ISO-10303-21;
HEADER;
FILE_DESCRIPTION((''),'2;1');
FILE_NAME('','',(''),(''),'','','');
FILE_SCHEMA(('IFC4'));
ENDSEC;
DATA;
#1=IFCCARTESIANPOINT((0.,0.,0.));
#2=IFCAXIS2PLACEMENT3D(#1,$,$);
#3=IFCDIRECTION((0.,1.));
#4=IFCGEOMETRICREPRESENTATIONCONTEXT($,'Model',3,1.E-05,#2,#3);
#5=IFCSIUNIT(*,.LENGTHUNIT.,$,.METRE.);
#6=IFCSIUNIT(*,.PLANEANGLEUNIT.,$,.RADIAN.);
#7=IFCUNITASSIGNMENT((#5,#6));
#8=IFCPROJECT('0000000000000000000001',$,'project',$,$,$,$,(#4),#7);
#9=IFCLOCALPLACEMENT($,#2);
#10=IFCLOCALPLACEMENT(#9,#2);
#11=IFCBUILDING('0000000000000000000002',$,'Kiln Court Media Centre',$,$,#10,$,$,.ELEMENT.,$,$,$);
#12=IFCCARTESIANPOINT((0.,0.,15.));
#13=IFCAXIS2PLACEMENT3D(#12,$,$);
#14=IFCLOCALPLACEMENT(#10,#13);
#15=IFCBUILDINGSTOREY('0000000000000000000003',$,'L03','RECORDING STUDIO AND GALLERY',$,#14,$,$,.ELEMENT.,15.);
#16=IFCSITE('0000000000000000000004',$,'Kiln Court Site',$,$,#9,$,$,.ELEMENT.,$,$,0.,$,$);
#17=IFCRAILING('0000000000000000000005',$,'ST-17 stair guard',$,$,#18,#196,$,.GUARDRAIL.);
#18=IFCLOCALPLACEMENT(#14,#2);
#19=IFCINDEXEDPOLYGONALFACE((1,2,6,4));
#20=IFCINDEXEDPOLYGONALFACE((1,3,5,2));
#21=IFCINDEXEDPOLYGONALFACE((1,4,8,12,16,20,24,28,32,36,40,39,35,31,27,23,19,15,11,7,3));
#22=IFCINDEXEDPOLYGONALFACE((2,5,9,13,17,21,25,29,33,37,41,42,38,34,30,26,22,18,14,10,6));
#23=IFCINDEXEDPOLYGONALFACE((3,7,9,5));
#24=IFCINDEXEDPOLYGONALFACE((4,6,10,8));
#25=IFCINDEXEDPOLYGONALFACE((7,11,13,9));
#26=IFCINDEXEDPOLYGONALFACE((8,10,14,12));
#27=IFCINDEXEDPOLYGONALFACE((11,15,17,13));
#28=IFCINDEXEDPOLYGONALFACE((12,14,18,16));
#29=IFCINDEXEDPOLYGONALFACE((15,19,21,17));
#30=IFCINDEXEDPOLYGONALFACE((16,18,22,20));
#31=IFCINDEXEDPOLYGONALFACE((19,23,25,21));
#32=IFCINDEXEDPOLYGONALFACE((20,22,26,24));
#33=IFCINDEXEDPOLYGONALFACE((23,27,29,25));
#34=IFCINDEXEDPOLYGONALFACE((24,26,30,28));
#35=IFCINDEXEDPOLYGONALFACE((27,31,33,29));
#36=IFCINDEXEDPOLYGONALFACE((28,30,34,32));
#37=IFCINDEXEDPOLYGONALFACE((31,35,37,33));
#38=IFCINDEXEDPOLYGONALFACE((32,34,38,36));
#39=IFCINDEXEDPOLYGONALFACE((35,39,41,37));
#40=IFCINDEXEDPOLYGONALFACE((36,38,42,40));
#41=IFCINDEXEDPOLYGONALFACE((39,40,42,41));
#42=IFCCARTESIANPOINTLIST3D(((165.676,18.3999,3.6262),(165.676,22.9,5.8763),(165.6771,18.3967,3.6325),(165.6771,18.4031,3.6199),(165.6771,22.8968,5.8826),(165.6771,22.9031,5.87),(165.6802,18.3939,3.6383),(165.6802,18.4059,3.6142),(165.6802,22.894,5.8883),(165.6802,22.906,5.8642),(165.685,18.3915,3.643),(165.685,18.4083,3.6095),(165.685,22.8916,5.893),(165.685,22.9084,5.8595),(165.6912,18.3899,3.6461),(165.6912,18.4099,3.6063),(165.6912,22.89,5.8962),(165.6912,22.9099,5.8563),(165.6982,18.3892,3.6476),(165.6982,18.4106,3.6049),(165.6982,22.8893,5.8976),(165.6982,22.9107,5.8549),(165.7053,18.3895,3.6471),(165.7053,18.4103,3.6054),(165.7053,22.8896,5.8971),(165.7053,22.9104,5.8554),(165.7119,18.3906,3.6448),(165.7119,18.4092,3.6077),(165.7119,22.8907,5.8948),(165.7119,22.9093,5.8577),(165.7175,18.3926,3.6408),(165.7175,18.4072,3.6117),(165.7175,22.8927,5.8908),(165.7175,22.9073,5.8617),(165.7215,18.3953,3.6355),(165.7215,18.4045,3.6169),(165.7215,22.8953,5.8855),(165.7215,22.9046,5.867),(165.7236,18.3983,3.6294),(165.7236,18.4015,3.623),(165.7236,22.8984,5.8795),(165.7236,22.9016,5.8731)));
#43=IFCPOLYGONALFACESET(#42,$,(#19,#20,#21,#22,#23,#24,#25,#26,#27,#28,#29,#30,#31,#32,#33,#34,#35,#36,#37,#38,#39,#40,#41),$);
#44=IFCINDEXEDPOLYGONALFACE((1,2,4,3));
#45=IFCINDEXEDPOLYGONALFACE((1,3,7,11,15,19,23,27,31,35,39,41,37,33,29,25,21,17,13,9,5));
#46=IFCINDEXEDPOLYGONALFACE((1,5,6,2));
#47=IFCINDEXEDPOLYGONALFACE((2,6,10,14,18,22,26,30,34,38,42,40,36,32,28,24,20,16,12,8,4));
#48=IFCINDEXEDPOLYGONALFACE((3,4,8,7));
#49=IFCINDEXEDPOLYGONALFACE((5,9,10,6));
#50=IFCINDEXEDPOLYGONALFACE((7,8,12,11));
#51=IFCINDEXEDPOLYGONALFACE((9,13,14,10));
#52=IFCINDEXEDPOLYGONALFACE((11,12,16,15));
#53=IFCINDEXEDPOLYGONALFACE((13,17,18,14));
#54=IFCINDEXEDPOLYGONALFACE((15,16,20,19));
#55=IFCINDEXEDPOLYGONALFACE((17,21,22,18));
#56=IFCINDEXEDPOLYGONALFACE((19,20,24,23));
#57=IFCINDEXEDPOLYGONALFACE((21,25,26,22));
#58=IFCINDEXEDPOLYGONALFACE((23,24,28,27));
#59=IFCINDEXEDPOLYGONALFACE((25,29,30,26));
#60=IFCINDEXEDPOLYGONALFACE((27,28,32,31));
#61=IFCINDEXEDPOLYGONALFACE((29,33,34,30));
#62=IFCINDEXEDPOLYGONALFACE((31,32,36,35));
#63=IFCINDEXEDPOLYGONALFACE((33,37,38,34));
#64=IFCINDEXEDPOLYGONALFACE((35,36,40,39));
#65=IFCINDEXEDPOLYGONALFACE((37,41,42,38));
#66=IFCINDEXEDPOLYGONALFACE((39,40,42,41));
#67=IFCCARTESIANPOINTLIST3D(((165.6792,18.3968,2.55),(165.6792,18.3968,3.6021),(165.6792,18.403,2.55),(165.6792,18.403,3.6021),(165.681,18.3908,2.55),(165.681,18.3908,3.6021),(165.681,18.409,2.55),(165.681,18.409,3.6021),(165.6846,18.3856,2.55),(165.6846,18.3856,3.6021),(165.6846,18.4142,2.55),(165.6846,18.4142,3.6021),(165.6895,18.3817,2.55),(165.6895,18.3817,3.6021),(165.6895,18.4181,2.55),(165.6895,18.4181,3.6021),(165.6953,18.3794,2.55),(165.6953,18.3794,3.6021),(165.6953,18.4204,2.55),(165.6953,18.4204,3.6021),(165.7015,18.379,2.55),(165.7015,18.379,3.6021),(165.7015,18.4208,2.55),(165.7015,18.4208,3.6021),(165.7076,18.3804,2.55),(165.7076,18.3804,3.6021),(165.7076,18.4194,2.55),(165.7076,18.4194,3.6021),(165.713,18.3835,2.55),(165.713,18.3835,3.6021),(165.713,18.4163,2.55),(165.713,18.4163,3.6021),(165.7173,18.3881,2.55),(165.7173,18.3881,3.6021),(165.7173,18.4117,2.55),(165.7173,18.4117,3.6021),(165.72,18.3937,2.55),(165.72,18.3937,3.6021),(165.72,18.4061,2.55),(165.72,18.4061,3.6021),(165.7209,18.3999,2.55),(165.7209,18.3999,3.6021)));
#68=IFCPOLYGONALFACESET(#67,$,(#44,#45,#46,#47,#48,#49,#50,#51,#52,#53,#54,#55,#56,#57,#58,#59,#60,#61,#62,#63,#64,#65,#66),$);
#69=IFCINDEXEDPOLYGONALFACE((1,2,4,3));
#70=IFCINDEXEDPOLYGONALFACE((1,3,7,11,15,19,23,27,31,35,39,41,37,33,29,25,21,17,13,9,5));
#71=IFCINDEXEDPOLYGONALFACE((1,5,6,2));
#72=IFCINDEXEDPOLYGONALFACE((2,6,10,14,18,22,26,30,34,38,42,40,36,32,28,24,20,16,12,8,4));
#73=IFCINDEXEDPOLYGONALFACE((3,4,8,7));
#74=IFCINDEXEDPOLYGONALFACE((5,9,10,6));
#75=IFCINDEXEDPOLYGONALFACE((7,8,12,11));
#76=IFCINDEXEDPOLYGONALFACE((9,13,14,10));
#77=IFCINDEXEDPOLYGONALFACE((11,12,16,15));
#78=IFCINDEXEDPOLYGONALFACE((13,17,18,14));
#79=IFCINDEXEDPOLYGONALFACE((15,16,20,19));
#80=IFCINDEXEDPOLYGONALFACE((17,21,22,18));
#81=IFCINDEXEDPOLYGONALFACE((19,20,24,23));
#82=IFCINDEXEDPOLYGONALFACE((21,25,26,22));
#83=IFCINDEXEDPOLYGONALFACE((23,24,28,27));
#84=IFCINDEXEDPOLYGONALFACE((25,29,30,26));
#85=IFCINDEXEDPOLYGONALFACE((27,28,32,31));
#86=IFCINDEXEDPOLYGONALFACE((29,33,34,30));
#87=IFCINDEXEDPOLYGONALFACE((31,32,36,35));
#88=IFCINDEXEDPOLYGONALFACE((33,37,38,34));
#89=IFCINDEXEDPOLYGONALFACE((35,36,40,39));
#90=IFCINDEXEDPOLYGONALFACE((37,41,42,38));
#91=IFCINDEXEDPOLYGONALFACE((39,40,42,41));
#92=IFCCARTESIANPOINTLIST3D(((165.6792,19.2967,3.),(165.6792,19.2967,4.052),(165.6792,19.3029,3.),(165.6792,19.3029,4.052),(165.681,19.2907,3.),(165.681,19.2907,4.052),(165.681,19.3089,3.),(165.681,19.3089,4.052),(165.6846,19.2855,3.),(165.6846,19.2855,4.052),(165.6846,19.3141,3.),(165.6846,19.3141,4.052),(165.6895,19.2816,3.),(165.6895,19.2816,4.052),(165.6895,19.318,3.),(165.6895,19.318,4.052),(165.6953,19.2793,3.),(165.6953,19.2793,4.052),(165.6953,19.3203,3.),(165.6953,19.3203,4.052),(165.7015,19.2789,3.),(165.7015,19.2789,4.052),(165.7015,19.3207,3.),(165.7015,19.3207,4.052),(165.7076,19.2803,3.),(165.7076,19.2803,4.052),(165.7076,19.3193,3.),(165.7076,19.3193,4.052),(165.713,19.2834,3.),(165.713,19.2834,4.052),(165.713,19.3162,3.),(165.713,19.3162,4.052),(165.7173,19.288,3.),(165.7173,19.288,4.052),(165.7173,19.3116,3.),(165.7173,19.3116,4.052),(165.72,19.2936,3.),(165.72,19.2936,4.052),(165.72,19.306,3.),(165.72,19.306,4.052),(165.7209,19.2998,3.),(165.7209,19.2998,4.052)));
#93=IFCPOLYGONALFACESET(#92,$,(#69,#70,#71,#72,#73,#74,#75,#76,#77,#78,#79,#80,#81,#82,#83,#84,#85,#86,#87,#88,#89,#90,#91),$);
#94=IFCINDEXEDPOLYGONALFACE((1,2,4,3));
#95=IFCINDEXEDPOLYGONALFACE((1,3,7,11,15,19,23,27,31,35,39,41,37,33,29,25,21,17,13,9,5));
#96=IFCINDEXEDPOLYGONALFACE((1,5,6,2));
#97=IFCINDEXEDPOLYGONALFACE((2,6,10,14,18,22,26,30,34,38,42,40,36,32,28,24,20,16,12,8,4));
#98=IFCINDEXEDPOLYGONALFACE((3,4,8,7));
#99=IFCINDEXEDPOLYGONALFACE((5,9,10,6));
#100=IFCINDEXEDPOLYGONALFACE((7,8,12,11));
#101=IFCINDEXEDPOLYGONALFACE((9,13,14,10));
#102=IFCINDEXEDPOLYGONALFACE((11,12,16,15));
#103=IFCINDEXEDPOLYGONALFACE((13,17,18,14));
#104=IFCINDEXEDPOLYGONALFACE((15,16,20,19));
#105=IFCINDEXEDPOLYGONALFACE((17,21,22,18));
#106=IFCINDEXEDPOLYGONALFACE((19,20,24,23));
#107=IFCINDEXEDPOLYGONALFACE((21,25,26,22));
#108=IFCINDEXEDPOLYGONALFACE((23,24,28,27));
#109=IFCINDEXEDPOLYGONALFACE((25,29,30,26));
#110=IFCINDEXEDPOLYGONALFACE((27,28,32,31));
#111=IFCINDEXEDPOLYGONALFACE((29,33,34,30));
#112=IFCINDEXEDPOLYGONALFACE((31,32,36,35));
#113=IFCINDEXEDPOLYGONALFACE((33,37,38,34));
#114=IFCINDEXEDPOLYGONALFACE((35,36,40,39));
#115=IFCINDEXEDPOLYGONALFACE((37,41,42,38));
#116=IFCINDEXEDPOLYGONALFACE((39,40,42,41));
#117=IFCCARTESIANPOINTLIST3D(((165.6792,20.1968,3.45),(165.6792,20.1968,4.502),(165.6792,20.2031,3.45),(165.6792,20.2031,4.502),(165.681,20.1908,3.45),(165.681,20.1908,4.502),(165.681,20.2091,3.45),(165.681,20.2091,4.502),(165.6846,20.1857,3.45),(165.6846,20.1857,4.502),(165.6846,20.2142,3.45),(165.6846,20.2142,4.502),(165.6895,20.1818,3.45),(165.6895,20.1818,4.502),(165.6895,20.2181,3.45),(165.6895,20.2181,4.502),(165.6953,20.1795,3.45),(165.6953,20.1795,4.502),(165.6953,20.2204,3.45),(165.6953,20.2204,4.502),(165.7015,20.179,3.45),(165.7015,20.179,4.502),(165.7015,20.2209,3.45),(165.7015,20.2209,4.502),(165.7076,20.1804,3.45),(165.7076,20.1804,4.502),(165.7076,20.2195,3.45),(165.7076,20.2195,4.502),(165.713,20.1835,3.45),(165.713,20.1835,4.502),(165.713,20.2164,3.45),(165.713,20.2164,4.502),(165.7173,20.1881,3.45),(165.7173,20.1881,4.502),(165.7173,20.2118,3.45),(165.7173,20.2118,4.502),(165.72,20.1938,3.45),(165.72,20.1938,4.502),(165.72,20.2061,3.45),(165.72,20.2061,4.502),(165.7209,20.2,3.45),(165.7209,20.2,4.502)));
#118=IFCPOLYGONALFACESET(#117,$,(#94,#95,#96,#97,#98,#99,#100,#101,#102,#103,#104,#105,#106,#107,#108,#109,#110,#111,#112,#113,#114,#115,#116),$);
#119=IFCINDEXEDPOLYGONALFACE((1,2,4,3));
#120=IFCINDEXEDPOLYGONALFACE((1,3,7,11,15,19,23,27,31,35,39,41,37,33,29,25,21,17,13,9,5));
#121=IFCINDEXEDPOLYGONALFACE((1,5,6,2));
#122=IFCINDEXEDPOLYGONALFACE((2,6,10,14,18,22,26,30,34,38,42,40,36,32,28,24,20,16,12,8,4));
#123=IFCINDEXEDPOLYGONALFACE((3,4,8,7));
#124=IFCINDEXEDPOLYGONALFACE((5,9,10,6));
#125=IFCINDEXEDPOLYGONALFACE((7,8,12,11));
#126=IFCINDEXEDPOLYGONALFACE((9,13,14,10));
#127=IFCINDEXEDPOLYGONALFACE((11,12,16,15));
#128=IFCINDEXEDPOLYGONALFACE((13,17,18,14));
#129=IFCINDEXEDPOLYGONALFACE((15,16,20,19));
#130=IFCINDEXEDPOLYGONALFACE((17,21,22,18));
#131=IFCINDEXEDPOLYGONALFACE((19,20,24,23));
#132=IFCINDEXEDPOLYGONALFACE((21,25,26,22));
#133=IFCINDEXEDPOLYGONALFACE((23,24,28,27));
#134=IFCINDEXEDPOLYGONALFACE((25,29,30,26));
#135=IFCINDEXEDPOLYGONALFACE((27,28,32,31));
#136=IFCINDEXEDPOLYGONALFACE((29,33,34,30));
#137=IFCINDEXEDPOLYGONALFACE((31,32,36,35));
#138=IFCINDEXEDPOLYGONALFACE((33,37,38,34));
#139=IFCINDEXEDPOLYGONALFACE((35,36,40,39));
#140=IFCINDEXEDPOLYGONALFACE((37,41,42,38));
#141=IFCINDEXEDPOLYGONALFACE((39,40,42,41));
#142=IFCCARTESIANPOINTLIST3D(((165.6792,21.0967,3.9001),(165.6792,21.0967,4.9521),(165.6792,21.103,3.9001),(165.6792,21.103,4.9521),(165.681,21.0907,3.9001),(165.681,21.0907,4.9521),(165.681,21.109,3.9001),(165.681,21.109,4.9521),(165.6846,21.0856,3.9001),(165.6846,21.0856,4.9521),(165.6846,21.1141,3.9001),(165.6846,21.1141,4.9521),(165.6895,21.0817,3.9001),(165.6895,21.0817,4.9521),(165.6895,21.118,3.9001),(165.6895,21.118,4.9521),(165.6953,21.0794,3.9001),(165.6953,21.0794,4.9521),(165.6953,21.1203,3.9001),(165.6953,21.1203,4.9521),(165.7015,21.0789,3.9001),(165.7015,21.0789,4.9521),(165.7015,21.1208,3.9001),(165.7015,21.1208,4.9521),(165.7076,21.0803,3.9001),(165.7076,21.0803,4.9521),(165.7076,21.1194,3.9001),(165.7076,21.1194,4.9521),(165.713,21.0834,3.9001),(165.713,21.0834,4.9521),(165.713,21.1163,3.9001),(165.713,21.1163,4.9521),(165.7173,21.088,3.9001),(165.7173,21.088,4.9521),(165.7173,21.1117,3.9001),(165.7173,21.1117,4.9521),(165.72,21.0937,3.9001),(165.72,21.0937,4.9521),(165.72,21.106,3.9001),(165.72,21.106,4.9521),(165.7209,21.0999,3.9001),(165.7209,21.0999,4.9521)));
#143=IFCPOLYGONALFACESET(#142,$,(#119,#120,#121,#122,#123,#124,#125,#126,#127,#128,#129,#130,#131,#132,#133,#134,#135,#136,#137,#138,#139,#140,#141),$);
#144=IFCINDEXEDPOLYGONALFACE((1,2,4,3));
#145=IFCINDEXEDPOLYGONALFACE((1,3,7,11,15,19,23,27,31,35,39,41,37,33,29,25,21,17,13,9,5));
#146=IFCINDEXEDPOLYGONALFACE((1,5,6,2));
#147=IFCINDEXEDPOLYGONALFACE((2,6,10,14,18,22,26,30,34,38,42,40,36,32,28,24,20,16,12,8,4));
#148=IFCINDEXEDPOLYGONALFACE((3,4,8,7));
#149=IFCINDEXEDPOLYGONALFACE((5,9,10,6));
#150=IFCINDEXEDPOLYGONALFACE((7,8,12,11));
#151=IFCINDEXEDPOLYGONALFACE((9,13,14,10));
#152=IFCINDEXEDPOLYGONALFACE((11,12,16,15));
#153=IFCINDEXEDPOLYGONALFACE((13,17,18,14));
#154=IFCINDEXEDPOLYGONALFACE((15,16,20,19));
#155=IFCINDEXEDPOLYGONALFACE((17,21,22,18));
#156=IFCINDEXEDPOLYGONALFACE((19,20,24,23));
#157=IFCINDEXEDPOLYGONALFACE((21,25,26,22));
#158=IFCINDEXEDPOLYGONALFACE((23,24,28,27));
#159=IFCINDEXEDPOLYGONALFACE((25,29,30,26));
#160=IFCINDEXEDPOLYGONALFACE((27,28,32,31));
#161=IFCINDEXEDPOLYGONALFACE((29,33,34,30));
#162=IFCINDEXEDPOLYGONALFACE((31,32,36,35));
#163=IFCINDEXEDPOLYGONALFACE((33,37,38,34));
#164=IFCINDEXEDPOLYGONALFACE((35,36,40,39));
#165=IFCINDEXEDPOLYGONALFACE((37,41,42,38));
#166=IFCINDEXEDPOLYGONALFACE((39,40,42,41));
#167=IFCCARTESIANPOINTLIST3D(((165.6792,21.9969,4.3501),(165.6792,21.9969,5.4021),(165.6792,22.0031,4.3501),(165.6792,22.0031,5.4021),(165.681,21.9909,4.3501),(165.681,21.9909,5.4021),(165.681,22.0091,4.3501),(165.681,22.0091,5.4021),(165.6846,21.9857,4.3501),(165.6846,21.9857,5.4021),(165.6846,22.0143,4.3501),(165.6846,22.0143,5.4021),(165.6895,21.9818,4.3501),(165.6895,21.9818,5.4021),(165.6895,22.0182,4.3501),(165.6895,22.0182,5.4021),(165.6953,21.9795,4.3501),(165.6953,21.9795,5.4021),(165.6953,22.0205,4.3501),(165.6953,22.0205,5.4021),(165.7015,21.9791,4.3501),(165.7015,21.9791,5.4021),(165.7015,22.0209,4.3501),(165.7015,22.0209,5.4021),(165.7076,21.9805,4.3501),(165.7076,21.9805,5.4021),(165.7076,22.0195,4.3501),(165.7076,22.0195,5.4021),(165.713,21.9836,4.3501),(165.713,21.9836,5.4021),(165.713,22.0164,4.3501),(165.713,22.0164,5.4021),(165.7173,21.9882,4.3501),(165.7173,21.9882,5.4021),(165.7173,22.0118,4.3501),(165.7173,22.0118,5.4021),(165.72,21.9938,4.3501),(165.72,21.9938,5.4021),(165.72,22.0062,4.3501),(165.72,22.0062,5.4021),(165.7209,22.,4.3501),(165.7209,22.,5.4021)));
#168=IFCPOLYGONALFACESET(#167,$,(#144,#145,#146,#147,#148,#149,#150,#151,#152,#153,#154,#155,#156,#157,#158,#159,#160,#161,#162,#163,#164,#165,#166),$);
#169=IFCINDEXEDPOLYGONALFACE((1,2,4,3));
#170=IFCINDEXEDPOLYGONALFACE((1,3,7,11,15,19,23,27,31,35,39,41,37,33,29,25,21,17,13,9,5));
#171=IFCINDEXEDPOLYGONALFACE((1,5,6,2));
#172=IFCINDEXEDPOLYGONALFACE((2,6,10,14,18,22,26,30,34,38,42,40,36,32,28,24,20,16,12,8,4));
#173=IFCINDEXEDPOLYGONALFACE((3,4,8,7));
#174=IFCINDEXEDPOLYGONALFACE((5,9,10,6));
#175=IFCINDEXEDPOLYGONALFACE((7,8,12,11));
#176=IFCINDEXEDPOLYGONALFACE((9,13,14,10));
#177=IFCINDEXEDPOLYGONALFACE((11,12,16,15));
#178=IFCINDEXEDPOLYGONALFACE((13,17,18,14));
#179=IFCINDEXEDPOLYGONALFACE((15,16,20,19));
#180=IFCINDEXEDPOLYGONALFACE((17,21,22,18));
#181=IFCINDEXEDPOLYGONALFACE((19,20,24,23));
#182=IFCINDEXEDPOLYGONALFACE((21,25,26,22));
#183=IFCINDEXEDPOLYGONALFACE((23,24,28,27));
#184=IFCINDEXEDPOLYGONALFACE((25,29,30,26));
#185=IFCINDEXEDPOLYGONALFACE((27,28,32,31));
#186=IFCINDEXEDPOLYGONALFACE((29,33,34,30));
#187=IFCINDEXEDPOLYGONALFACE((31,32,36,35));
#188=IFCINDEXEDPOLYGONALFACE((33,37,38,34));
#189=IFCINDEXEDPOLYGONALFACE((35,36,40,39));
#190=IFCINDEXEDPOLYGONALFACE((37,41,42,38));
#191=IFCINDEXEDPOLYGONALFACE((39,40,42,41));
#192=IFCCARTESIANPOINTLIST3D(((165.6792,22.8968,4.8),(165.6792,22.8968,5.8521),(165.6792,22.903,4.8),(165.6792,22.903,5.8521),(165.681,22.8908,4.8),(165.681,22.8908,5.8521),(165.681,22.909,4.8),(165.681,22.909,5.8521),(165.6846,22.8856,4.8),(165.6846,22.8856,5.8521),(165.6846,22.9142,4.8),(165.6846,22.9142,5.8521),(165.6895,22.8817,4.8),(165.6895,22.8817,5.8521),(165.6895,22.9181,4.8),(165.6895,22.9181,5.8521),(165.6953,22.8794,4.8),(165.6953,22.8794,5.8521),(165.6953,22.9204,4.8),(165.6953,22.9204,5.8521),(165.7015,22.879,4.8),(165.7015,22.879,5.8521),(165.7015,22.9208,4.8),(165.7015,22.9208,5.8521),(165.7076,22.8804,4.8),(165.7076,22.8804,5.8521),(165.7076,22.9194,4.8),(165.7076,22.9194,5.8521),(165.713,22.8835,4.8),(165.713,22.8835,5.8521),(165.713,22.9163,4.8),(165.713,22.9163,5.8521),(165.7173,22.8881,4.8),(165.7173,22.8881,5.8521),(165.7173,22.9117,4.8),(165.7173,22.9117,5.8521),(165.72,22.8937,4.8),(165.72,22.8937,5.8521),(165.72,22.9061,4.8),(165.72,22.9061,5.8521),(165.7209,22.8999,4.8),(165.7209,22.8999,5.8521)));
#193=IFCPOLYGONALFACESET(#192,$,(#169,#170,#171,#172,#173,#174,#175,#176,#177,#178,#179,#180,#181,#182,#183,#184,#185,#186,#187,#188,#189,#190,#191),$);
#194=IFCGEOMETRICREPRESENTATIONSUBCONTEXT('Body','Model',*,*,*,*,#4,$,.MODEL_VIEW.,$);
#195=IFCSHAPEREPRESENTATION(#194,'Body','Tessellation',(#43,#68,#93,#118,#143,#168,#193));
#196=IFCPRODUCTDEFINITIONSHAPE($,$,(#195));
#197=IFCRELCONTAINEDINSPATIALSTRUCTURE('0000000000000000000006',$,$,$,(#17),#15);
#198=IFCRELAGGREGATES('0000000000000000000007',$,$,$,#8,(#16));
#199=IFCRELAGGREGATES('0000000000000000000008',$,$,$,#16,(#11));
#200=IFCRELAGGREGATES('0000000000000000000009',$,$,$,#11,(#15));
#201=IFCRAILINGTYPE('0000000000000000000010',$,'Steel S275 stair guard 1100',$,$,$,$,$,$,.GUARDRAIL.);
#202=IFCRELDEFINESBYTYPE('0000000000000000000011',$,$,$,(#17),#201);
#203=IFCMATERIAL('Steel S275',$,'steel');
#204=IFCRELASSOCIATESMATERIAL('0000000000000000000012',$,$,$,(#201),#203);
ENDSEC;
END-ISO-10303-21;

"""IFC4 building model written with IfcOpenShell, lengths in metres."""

from ifc_helpers import new_model, si_unit, direction, frame, origin, origin_2d, place, context, subcontext, project, spatial, circle, extrude, material, type_object, element, save


model = new_model("IFC4")

# Units and contexts
model_context = context("Model", 3, precision=1e-05, world=origin(), true_north=direction((0.0, 1.0)))
body_context = subcontext(model_context, "Body", "Model", "MODEL_VIEW")
ifc_project = project(units=[si_unit("LENGTHUNIT", "METRE"), si_unit("PLANEANGLEUNIT", "RADIAN")], contexts=[model_context])

# Site, building, storey
site_placement = place(None, origin())
site = spatial("IfcSite", under=ifc_project, at=site_placement, Name="Kiln Court Site", CompositionType="ELEMENT", RefElevation=0.0)
building_placement = place(site_placement, origin())
building = spatial("IfcBuilding", under=site, at=building_placement, Name="Kiln Court Media Centre", CompositionType="ELEMENT")
storey_placement = place(building_placement, frame((0.0, 0.0, 15.0)))
storey = spatial("IfcBuildingStorey", under=building, at=storey_placement, Name="L03", Description="RECORDING STUDIO AND GALLERY", CompositionType="ELEMENT", Elevation=15.0)

# Railing
ifc_material_1 = material(Name="Steel S275", Category="steel")
railing_type_1 = type_object("IfcRailingType", Name="Steel S275 stair guard 1100", PredefinedType="GUARDRAIL", material=ifc_material_1)
railing_1_placement = place(storey_placement, frame((165.7, 18.3999, 2.55)))
element("IfcRailing", 1, at=railing_1_placement, inside=storey, type_object=railing_type_1, Name="ST-17 stair guard", PredefinedType="GUARDRAIL", context=body_context, shape_type="SweptSolid", body=[
    extrude(circle(Radius=0.0239, at=origin_2d()), frame((0.0, 0.0, 1.0762), z_axis=(0.0, 0.894427, 0.447214), x_axis=(-1.0, 0.0, 0.0)), (0.0, 0.0, 1.0), 5.0312),
    extrude(circle(Radius=0.021, at=origin_2d()), origin(), (0.0, 0.0, 1.0), 1.052),
    extrude(circle(Radius=0.021, at=origin_2d()), frame((0.0, 0.8999, 0.45)), (0.0, 0.0, 1.0), 1.052),
    extrude(circle(Radius=0.021, at=origin_2d()), frame((0.0, 1.8, 0.8999)), (0.0, 0.0, 1.0), 1.052),
    extrude(circle(Radius=0.021, at=origin_2d()), frame((0.0, 2.7, 1.3501)), (0.0, 0.0, 1.0), 1.052),
    extrude(circle(Radius=0.021, at=origin_2d()), frame((0.0, 3.6001, 1.8)), (0.0, 0.0, 1.0), 1.052),
    extrude(circle(Radius=0.021, at=origin_2d()), frame((0.0, 4.5, 2.25)), (0.0, 0.0, 1.0), 1.052),
])

save(model, "model.ifc")
